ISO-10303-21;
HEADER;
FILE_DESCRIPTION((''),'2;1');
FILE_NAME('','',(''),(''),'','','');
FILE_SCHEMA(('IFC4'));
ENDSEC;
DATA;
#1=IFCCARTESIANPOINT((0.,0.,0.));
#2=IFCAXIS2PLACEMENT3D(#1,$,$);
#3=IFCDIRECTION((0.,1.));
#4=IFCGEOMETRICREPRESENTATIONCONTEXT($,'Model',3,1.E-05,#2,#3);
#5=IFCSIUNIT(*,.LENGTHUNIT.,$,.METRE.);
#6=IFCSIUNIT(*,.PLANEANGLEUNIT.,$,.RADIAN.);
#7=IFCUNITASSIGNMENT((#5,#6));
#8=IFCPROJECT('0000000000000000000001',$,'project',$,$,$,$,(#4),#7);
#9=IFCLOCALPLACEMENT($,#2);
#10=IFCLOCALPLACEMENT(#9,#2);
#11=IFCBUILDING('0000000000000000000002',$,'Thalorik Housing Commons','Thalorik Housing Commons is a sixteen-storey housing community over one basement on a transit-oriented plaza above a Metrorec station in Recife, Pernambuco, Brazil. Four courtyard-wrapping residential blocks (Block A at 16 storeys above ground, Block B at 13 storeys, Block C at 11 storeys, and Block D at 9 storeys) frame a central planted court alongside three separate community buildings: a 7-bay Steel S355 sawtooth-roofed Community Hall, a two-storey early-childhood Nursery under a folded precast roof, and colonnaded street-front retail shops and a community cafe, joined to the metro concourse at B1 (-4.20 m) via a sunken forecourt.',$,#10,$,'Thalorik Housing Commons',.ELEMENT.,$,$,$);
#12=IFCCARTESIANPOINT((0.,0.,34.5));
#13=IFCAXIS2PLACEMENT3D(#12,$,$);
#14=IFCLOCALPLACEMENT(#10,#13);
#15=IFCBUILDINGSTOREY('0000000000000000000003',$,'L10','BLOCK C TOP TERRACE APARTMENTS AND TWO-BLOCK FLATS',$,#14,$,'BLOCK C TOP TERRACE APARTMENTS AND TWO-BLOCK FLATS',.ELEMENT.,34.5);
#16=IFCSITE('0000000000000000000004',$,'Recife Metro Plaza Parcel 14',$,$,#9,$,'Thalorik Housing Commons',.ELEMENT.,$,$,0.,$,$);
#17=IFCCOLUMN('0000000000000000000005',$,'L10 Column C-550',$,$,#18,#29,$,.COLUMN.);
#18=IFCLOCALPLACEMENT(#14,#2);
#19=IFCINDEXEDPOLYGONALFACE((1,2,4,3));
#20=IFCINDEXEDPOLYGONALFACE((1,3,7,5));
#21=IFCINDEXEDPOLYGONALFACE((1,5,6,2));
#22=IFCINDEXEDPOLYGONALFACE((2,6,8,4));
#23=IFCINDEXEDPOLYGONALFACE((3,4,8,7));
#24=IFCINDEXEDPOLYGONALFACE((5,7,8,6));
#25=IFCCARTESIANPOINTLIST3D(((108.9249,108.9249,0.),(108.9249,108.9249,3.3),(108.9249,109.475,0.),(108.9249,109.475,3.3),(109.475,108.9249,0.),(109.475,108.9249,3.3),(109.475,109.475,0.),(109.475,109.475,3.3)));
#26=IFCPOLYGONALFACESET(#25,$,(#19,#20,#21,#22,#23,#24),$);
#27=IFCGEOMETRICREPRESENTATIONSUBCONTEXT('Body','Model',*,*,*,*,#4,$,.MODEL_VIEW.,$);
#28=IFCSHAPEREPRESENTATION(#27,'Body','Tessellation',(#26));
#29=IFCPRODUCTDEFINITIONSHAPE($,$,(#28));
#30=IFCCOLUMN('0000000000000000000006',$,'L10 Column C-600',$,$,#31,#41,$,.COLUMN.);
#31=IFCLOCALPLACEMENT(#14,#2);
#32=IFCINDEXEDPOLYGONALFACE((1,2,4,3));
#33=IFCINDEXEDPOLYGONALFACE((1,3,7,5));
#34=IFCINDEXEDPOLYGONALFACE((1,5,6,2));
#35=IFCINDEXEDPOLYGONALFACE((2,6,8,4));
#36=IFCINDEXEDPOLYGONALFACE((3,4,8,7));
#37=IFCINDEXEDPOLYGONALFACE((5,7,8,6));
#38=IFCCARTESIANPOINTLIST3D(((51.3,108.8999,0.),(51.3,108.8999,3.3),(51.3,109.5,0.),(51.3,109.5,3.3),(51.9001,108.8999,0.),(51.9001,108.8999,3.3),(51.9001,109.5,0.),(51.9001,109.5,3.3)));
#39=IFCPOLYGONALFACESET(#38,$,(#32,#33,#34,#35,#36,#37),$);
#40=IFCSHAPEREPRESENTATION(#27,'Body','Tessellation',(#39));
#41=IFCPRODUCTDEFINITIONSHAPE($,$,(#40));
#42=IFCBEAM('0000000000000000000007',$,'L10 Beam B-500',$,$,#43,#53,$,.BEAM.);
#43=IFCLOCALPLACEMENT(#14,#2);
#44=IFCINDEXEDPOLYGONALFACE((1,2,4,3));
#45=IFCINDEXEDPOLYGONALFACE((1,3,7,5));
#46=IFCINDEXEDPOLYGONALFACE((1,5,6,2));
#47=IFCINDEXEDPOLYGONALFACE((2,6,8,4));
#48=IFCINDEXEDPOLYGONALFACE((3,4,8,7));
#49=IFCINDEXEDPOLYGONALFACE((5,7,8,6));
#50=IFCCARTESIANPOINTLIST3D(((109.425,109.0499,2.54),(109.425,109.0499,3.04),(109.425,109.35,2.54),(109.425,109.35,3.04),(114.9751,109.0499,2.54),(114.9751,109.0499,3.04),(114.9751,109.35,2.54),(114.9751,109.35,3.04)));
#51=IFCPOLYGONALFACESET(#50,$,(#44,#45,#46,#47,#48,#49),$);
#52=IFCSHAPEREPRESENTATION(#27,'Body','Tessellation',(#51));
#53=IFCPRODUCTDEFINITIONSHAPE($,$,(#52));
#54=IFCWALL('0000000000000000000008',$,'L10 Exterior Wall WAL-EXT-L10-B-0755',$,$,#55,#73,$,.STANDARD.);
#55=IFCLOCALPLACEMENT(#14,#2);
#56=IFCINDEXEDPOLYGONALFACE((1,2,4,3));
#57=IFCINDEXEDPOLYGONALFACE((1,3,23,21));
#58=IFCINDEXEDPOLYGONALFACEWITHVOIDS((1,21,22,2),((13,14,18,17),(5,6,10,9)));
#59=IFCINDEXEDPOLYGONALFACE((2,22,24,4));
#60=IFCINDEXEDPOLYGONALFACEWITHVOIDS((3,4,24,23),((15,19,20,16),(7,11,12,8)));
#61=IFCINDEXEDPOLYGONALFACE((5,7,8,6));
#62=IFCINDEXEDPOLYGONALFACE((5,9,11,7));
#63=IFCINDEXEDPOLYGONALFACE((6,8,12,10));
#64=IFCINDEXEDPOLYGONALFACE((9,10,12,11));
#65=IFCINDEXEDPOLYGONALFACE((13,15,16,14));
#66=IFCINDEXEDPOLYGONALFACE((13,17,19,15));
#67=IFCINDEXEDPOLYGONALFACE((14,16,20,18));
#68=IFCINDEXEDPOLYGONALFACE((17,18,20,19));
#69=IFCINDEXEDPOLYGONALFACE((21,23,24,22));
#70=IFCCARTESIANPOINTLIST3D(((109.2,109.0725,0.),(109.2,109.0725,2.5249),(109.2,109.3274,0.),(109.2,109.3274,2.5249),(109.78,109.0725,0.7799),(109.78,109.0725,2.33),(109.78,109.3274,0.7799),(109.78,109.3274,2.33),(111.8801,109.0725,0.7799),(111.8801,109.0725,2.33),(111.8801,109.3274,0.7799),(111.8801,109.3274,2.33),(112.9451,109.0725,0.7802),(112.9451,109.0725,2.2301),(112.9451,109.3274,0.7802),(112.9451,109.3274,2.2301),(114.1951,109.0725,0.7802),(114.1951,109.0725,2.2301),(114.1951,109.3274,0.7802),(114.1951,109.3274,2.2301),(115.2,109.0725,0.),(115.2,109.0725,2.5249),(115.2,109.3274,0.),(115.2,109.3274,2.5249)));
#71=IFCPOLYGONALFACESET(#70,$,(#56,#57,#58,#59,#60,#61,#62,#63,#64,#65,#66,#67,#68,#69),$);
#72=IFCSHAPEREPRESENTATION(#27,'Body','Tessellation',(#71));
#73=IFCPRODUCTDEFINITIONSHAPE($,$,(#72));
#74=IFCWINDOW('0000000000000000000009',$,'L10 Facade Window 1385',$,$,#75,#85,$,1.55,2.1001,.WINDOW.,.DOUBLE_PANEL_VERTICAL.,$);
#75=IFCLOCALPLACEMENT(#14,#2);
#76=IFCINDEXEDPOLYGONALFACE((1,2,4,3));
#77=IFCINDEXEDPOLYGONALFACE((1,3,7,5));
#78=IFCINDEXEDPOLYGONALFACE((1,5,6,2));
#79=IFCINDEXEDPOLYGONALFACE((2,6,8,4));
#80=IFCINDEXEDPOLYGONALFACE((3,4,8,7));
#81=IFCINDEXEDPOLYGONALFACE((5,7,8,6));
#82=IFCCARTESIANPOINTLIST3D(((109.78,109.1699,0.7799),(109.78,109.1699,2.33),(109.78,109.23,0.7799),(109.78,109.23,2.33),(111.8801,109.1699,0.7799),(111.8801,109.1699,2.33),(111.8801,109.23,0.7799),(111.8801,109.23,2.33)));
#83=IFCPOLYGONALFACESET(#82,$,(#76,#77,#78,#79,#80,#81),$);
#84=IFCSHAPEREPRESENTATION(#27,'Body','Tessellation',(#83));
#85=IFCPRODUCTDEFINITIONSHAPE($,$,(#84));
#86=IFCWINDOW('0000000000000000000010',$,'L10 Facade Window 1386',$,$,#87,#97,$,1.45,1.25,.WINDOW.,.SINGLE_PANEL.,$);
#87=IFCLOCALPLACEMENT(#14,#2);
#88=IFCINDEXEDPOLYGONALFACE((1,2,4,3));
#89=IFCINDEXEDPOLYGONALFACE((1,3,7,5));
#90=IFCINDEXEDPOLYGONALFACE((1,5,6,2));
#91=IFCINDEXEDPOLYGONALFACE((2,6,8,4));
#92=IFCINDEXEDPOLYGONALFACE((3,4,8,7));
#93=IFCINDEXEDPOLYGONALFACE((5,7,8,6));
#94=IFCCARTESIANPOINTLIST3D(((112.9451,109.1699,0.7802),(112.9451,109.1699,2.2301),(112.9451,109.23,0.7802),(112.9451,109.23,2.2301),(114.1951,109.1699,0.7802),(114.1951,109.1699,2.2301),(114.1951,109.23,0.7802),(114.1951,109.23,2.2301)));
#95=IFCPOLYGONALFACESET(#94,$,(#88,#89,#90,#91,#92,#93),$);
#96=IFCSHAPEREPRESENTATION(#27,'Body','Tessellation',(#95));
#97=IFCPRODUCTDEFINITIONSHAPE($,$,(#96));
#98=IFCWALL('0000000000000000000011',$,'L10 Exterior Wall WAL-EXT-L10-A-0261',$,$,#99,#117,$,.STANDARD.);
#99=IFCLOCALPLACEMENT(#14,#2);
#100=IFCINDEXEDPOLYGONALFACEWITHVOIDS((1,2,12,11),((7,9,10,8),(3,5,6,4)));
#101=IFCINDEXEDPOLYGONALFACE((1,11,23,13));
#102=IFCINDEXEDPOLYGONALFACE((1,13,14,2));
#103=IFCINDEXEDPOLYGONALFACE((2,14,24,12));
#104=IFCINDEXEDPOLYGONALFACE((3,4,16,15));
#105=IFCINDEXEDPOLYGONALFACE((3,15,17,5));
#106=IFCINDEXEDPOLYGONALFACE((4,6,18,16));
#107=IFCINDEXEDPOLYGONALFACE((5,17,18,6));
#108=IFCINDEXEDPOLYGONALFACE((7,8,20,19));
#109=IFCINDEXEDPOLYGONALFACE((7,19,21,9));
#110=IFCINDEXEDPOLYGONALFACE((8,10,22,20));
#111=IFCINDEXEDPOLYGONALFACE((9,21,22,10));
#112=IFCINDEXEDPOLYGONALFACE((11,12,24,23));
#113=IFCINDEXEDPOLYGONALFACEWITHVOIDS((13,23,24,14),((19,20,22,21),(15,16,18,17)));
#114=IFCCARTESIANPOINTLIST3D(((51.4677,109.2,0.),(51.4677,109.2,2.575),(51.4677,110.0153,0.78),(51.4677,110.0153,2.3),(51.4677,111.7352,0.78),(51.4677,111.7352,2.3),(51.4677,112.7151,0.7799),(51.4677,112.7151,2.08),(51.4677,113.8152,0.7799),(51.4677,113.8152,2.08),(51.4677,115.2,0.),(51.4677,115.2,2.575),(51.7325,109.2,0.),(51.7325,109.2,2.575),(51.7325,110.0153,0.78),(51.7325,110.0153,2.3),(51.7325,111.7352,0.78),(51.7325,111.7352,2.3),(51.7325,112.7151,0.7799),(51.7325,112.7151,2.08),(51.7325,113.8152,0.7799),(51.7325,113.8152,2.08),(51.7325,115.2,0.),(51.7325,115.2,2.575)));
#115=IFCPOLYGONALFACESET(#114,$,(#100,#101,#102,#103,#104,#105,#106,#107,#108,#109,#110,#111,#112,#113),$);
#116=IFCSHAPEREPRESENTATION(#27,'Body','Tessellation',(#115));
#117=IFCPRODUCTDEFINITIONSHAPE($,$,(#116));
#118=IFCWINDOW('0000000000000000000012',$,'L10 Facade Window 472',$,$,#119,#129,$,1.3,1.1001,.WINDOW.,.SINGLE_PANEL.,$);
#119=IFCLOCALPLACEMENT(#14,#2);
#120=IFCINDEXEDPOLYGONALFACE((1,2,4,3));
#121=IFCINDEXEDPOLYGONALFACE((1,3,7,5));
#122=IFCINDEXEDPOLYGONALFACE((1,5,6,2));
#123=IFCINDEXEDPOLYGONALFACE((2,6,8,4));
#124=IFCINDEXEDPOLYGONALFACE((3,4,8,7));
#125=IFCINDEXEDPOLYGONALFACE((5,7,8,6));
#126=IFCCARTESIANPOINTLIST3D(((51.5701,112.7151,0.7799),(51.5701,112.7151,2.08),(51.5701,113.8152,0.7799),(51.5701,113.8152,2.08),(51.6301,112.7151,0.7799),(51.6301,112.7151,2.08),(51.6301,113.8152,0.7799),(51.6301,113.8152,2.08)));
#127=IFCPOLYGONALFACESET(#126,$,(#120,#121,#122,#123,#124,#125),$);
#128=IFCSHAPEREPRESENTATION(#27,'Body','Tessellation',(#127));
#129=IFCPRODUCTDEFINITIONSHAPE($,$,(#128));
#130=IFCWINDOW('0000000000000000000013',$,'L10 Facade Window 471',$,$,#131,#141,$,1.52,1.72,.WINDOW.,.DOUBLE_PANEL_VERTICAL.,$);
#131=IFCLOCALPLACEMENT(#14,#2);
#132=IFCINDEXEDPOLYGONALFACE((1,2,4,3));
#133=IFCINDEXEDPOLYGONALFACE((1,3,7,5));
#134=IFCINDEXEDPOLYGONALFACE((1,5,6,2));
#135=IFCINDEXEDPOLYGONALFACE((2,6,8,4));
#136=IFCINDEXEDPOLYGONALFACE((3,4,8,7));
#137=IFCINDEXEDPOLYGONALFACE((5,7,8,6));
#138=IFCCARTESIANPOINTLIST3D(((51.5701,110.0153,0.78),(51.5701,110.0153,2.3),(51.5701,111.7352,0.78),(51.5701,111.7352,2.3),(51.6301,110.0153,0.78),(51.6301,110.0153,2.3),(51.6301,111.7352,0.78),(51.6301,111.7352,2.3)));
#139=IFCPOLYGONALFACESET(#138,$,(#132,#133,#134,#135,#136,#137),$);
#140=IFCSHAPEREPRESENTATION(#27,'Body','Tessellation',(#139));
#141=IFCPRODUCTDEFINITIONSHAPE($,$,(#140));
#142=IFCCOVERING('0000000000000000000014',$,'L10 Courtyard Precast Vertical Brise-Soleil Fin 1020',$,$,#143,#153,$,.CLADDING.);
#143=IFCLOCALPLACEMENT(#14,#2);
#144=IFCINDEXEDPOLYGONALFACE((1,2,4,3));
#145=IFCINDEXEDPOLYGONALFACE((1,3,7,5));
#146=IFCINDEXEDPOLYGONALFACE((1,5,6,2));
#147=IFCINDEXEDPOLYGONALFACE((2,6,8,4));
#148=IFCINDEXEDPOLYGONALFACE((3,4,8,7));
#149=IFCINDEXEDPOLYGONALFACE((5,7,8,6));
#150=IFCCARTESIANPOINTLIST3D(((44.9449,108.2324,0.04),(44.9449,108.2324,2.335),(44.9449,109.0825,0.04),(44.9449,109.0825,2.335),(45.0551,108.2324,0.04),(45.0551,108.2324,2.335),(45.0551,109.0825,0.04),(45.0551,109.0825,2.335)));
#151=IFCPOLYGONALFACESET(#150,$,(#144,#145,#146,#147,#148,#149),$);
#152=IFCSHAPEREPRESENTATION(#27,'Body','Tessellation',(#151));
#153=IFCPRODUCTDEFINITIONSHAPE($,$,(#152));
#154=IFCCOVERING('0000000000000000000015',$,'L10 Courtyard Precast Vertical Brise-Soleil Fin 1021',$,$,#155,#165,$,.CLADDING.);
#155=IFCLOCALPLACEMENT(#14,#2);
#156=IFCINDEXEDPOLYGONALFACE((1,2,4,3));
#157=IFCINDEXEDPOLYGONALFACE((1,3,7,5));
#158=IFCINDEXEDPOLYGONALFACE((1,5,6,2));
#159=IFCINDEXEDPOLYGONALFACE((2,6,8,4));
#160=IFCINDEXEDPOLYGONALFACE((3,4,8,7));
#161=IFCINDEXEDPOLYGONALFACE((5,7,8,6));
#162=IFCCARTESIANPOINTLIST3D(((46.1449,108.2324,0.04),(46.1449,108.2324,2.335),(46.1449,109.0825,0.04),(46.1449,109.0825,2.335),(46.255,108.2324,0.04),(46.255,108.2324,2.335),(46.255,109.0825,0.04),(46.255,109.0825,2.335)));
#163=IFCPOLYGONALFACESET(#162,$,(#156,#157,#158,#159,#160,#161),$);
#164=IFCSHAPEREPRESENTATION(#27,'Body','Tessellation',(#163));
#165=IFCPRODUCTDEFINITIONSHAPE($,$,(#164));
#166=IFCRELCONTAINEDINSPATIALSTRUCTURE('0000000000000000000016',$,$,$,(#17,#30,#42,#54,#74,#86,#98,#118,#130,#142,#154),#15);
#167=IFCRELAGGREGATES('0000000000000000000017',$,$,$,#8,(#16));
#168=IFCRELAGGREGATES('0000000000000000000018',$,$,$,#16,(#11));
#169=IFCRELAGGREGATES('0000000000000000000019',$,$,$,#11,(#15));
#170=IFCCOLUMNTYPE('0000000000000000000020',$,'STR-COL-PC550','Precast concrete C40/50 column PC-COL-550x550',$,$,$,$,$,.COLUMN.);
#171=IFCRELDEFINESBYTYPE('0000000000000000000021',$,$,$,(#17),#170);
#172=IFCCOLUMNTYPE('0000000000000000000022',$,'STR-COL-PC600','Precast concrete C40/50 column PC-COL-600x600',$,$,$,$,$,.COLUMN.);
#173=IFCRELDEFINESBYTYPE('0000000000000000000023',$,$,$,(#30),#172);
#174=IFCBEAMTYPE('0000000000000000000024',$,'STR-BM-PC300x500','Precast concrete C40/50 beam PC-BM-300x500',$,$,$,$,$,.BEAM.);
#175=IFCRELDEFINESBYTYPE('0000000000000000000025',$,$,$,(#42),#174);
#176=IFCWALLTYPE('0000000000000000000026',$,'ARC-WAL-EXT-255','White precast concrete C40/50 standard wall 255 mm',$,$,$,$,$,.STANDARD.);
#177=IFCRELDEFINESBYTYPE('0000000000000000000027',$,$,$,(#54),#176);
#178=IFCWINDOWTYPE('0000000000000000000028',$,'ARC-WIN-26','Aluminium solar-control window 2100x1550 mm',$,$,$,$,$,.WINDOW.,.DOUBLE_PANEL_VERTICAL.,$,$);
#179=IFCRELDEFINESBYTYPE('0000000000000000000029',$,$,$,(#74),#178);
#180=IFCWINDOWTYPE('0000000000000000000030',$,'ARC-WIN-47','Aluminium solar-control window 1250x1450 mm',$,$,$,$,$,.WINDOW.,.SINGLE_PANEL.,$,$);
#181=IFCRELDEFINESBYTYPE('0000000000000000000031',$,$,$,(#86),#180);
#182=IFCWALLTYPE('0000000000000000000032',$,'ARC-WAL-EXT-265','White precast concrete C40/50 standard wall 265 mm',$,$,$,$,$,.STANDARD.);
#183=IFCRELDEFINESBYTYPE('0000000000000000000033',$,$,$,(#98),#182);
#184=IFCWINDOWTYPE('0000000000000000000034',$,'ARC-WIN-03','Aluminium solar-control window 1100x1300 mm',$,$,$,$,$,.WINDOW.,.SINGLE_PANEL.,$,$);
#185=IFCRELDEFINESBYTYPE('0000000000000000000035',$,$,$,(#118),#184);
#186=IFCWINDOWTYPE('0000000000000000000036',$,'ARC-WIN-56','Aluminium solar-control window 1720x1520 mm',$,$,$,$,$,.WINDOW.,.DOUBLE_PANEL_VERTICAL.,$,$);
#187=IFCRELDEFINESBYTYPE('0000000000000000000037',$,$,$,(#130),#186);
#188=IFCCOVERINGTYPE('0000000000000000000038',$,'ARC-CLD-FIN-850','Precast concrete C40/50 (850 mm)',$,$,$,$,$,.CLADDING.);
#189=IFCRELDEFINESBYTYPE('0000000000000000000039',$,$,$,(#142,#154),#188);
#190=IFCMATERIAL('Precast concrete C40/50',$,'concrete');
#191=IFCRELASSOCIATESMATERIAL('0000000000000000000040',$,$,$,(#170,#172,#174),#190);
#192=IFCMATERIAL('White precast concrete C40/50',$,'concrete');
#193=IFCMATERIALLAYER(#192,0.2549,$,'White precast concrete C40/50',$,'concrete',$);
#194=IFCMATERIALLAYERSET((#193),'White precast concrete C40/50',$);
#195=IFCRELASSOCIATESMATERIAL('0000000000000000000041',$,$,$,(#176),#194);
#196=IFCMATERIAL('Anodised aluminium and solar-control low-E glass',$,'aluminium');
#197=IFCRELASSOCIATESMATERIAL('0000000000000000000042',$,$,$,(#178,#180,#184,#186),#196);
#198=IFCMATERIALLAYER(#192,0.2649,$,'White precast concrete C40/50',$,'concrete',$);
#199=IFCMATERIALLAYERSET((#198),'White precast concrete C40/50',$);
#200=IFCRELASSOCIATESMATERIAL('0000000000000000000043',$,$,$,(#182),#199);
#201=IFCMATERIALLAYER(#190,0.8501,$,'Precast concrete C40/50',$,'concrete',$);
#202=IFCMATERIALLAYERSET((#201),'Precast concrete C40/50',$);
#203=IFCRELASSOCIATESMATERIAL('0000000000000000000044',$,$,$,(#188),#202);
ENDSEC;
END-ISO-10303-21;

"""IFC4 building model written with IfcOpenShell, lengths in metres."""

from ifc_helpers import new_model, si_unit, direction, frame, frame_2d, origin, origin_2d, place, context, subcontext, project, spatial, rectangle, extrude, material, layer, layer_set, material_profile, profile_set, type_object, element, fill, save


model = new_model("IFC4")

# Units and contexts
model_context = context("Model", 3, precision=1e-05, world=origin(), true_north=direction((0.0, 1.0)))
body_context = subcontext(model_context, "Body", "Model", "MODEL_VIEW")
ifc_project = project(units=[si_unit("LENGTHUNIT", "METRE"), si_unit("PLANEANGLEUNIT", "RADIAN")], contexts=[model_context])

# Site, building, storey
site_placement = place(None, origin())
site = spatial("IfcSite", under=ifc_project, at=site_placement, Name="Recife Metro Plaza Parcel 14", LongName="Thalorik Housing Commons", CompositionType="ELEMENT", RefElevation=0.0)
building_placement = place(site_placement, origin())
building = spatial("IfcBuilding", under=site, at=building_placement, Name="Thalorik Housing Commons", Description="Thalorik Housing Commons is a sixteen-storey housing community over one basement on a transit-oriented plaza above a Metrorec station in Recife, Pernambuco, Brazil. Four courtyard-wrapping residential blocks (Block A at 16 storeys above ground, Block B at 13 storeys, Block C at 11 storeys, and Block D at 9 storeys) frame a central planted court alongside three separate community buildings: a 7-bay Steel S355 sawtooth-roofed Community Hall, a two-storey early-childhood Nursery under a folded precast roof, and colonnaded street-front retail shops and a community cafe, joined to the metro concourse at B1 (-4.20 m) via a sunken forecourt.", LongName="Thalorik Housing Commons", CompositionType="ELEMENT")
storey_placement = place(building_placement, frame((0.0, 0.0, 34.5)))
storey = spatial("IfcBuildingStorey", under=building, at=storey_placement, Name="L10", Description="BLOCK C TOP TERRACE APARTMENTS AND TWO-BLOCK FLATS", LongName="BLOCK C TOP TERRACE APARTMENTS AND TWO-BLOCK FLATS", CompositionType="ELEMENT", Elevation=34.5)

# Columns
ifc_material_1 = material(Name="Precast concrete C40/50", Category="concrete")
ifc_material_profile_1 = material_profile(ifc_material_1, rectangle(XDim=0.55, YDim=0.55, at=origin_2d()), Name="PC 550x550", Category="concrete")
ifc_profile_set_1 = profile_set([ifc_material_profile_1], Name="Precast concrete C40/50")
column_type_1 = type_object("IfcColumnType", Name="STR-COL-PC550", Description="Precast concrete C40/50 column PC-COL-550x550", PredefinedType="COLUMN", material=ifc_profile_set_1)
column_1_placement = place(storey_placement, frame((109.2, 109.2, 0.0), z_axis=(0.0, 0.0, 1.0), x_axis=(1.0, 0.0, 0.0)))
element("IfcColumn", 1, at=column_1_placement, inside=storey, type_object=column_type_1, Name="L10 Column C-550", PredefinedType="COLUMN", context=body_context, shape_type="SweptSolid", body=[
    extrude(rectangle(XDim=0.55, YDim=0.55, at=origin_2d()), origin(), (0.0, 0.0, 1.0), 3.3),
])
ifc_material_profile_2 = material_profile(ifc_material_1, rectangle(XDim=0.6001, YDim=0.6001, at=origin_2d()), Name="PC 600x600", Category="concrete")
ifc_profile_set_2 = profile_set([ifc_material_profile_2], Name="Precast concrete C40/50")
column_type_2 = type_object("IfcColumnType", Name="STR-COL-PC600", Description="Precast concrete C40/50 column PC-COL-600x600", PredefinedType="COLUMN", material=ifc_profile_set_2)
column_2_placement = place(storey_placement, frame((51.6001, 109.2, 0.0), z_axis=(0.0, 0.0, 1.0), x_axis=(1.0, 0.0, 0.0)))
element("IfcColumn", 2, at=column_2_placement, inside=storey, type_object=column_type_2, Name="L10 Column C-600", PredefinedType="COLUMN", context=body_context, shape_type="SweptSolid", body=[
    extrude(rectangle(XDim=0.6001, YDim=0.6001, at=origin_2d()), origin(), (0.0, 0.0, 1.0), 3.3),
])

# Beam
ifc_material_profile_3 = material_profile(ifc_material_1, rectangle(XDim=0.3, YDim=0.5, at=origin_2d()), Name="PC 300x500", Category="concrete")
ifc_profile_set_3 = profile_set([ifc_material_profile_3], Name="Precast concrete C40/50")
beam_type = type_object("IfcBeamType", Name="STR-BM-PC300x500", Description="Precast concrete C40/50 beam PC-BM-300x500", PredefinedType="BEAM", material=ifc_profile_set_3)
beam_placement = place(storey_placement, frame((109.425, 109.2, 2.79), z_axis=(1.0, 0.0, 0.0), x_axis=(0.0, 1.0, 0.0)))
element("IfcBeam", 3, at=beam_placement, inside=storey, type_object=beam_type, Name="L10 Beam B-500", PredefinedType="BEAM", context=body_context, shape_type="SweptSolid", body=[
    extrude(rectangle(XDim=0.3, YDim=0.5, at=origin_2d()), origin(), (0.0, 0.0, 1.0), 5.55),
])

# Walls, openings, windows
ifc_material_2 = material(Name="White precast concrete C40/50", Category="concrete")
ifc_layer_1 = layer(ifc_material_2, 0.2549, Name="White precast concrete C40/50", Category="concrete")
ifc_layer_set_1 = layer_set([ifc_layer_1], Name="White precast concrete C40/50")
wall_type_1 = type_object("IfcWallType", Name="ARC-WAL-EXT-255", Description="White precast concrete C40/50 standard wall 255 mm", PredefinedType="STANDARD", material=ifc_layer_set_1)
wall_1_placement = place(storey_placement, frame((109.2, 109.2, 0.0), z_axis=(0.0, 0.0, 1.0), x_axis=(1.0, 0.0, 0.0)))
wall_1 = element("IfcWall", 4, at=wall_1_placement, inside=storey, type_object=wall_type_1, Name="L10 Exterior Wall WAL-EXT-L10-B-0755", PredefinedType="STANDARD", context=body_context, shape_type="SweptSolid", body=[
    extrude(rectangle(XDim=6.0, YDim=0.2549, at=frame_2d((3.0, 0.0))), origin(), (0.0, 0.0, 1.0), 2.5249),
])
opening_1_placement = place(wall_1_placement, frame((0.5801, 0.0, 0.78)))
opening_1 = element("IfcOpeningElement", 5, at=opening_1_placement, cuts=wall_1, PredefinedType="OPENING", context=body_context, shape_type="SweptSolid", body=[
    extrude(rectangle(XDim=2.1001, YDim=1.55, at=frame_2d((1.05, 0.7749))), frame((0.0, 0.1375, 0.0), z_axis=(0.0, -1.0, 0.0), x_axis=(1.0, 0.0, 0.0)), (0.0, 0.0, 1.0), 0.2749),
])
opening_2_placement = place(wall_1_placement, frame((3.7451, 0.0, 0.78)))
opening_2 = element("IfcOpeningElement", 6, at=opening_2_placement, cuts=wall_1, PredefinedType="OPENING", context=body_context, shape_type="SweptSolid", body=[
    extrude(rectangle(XDim=1.25, YDim=1.45, at=frame_2d((0.625, 0.7251))), frame((0.0, 0.1375, 0.0), z_axis=(0.0, -1.0, 0.0), x_axis=(1.0, 0.0, 0.0)), (0.0, 0.0, 1.0), 0.2749),
])
ifc_material_3 = material(Name="Anodised aluminium and solar-control low-E glass", Category="aluminium")
window_type_1 = type_object("IfcWindowType", Name="ARC-WIN-26", Description="Aluminium solar-control window 2100x1550 mm", PartitioningType="DOUBLE_PANEL_VERTICAL", PredefinedType="WINDOW", material=ifc_material_3)
window_1_placement = place(opening_1_placement, origin())
window_1 = element("IfcWindow", 7, at=window_1_placement, inside=storey, type_object=window_type_1, Name="L10 Facade Window 1385", OverallHeight=1.55, OverallWidth=2.1001, PartitioningType="DOUBLE_PANEL_VERTICAL", PredefinedType="WINDOW", context=body_context, shape_type="SweptSolid", body=[
    extrude(rectangle(XDim=2.1001, YDim=1.55, at=frame_2d((1.05, 0.7749))), frame((0.0, 0.03, 0.0), z_axis=(0.0, -1.0, 0.0), x_axis=(1.0, 0.0, 0.0)), (0.0, 0.0, 1.0), 0.0601),
])
fill(opening_1, window_1)
window_type_2 = type_object("IfcWindowType", Name="ARC-WIN-47", Description="Aluminium solar-control window 1250x1450 mm", PartitioningType="SINGLE_PANEL", PredefinedType="WINDOW", material=ifc_material_3)
window_2_placement = place(opening_2_placement, origin())
window_2 = element("IfcWindow", 8, at=window_2_placement, inside=storey, type_object=window_type_2, Name="L10 Facade Window 1386", OverallHeight=1.45, OverallWidth=1.25, PartitioningType="SINGLE_PANEL", PredefinedType="WINDOW", context=body_context, shape_type="SweptSolid", body=[
    extrude(rectangle(XDim=1.25, YDim=1.45, at=frame_2d((0.625, 0.7251))), frame((0.0, 0.03, 0.0), z_axis=(0.0, -1.0, 0.0), x_axis=(1.0, 0.0, 0.0)), (0.0, 0.0, 1.0), 0.0601),
])
fill(opening_2, window_2)
ifc_layer_2 = layer(ifc_material_2, 0.2649, Name="White precast concrete C40/50", Category="concrete")
ifc_layer_set_2 = layer_set([ifc_layer_2], Name="White precast concrete C40/50")
wall_type_2 = type_object("IfcWallType", Name="ARC-WAL-EXT-265", Description="White precast concrete C40/50 standard wall 265 mm", PredefinedType="STANDARD", material=ifc_layer_set_2)
wall_2_placement = place(storey_placement, frame((51.6001, 109.2, 0.0), z_axis=(0.0, 0.0, 1.0), x_axis=(0.0, 1.0, 0.0)))
wall_2 = element("IfcWall", 9, at=wall_2_placement, inside=storey, type_object=wall_type_2, Name="L10 Exterior Wall WAL-EXT-L10-A-0261", PredefinedType="STANDARD", context=body_context, shape_type="SweptSolid", body=[
    extrude(rectangle(XDim=6.0, YDim=0.2649, at=frame_2d((3.0, 0.0))), origin(), (0.0, 0.0, 1.0), 2.575),
])
opening_3_placement = place(wall_2_placement, frame((0.8154, 0.0, 0.78)))
opening_3 = element("IfcOpeningElement", 10, at=opening_3_placement, cuts=wall_2, PredefinedType="OPENING", context=body_context, shape_type="SweptSolid", body=[
    extrude(rectangle(XDim=1.72, YDim=1.52, at=frame_2d((0.8599, 0.76))), frame((0.0, 0.1426, 0.0), z_axis=(0.0, -1.0, 0.0), x_axis=(1.0, 0.0, 0.0)), (0.0, 0.0, 1.0), 0.2849),
])
opening_4_placement = place(wall_2_placement, frame((3.5151, 0.0, 0.78)))
opening_4 = element("IfcOpeningElement", 11, at=opening_4_placement, cuts=wall_2, PredefinedType="OPENING", context=body_context, shape_type="SweptSolid", body=[
    extrude(rectangle(XDim=1.1001, YDim=1.3, at=frame_2d((0.55, 0.6499))), frame((0.0, 0.1426, 0.0), z_axis=(0.0, -1.0, 0.0), x_axis=(1.0, 0.0, 0.0)), (0.0, 0.0, 1.0), 0.2849),
])
window_type_3 = type_object("IfcWindowType", Name="ARC-WIN-03", Description="Aluminium solar-control window 1100x1300 mm", PartitioningType="SINGLE_PANEL", PredefinedType="WINDOW", material=ifc_material_3)
window_3_placement = place(opening_4_placement, origin())
window_3 = element("IfcWindow", 12, at=window_3_placement, inside=storey, type_object=window_type_3, Name="L10 Facade Window 472", OverallHeight=1.3, OverallWidth=1.1001, PartitioningType="SINGLE_PANEL", PredefinedType="WINDOW", context=body_context, shape_type="SweptSolid", body=[
    extrude(rectangle(XDim=1.1001, YDim=1.3, at=frame_2d((0.55, 0.6499))), frame((0.0, 0.03, 0.0), z_axis=(0.0, -1.0, 0.0), x_axis=(1.0, 0.0, 0.0)), (0.0, 0.0, 1.0), 0.0601),
])
fill(opening_4, window_3)
window_type_4 = type_object("IfcWindowType", Name="ARC-WIN-56", Description="Aluminium solar-control window 1720x1520 mm", PartitioningType="DOUBLE_PANEL_VERTICAL", PredefinedType="WINDOW", material=ifc_material_3)
window_4_placement = place(opening_3_placement, origin())
window_4 = element("IfcWindow", 13, at=window_4_placement, inside=storey, type_object=window_type_4, Name="L10 Facade Window 471", OverallHeight=1.52, OverallWidth=1.72, PartitioningType="DOUBLE_PANEL_VERTICAL", PredefinedType="WINDOW", context=body_context, shape_type="SweptSolid", body=[
    extrude(rectangle(XDim=1.72, YDim=1.52, at=frame_2d((0.8599, 0.76))), frame((0.0, 0.03, 0.0), z_axis=(0.0, -1.0, 0.0), x_axis=(1.0, 0.0, 0.0)), (0.0, 0.0, 1.0), 0.0601),
])
fill(opening_3, window_4)

# Coverings
ifc_layer_3 = layer(ifc_material_1, 0.8501, Name="Precast concrete C40/50", Category="concrete")
ifc_layer_set_3 = layer_set([ifc_layer_3], Name="Precast concrete C40/50")
covering_type_1 = type_object("IfcCoveringType", Name="ARC-CLD-FIN-850", Description="Precast concrete C40/50 (850 mm)", PredefinedType="CLADDING", material=ifc_layer_set_3)
for number, where, z_axis, x_axis, name in (
    (14, (45.0, 108.6575, 0.04), (0.0, 0.0, 1.0), (1.0, 0.0, 0.0), "L10 Courtyard Precast Vertical Brise-Soleil Fin 1020"),
    (15, (46.2, 108.6575, 0.04), (0.0, 0.0, 1.0), (1.0, 0.0, 0.0), "L10 Courtyard Precast Vertical Brise-Soleil Fin 1021"),
):
    element("IfcCovering", number, at=place(storey_placement, frame(where, z_axis=z_axis, x_axis=x_axis)), inside=storey, type_object=covering_type_1, Name=name, PredefinedType="CLADDING", context=body_context, shape_type="SweptSolid", body=[
        extrude(rectangle(XDim=0.1101, YDim=0.8501, at=origin_2d()), origin(), (0.0, 0.0, 1.0), 2.2949),
    ])

save(model, "model.ifc")
